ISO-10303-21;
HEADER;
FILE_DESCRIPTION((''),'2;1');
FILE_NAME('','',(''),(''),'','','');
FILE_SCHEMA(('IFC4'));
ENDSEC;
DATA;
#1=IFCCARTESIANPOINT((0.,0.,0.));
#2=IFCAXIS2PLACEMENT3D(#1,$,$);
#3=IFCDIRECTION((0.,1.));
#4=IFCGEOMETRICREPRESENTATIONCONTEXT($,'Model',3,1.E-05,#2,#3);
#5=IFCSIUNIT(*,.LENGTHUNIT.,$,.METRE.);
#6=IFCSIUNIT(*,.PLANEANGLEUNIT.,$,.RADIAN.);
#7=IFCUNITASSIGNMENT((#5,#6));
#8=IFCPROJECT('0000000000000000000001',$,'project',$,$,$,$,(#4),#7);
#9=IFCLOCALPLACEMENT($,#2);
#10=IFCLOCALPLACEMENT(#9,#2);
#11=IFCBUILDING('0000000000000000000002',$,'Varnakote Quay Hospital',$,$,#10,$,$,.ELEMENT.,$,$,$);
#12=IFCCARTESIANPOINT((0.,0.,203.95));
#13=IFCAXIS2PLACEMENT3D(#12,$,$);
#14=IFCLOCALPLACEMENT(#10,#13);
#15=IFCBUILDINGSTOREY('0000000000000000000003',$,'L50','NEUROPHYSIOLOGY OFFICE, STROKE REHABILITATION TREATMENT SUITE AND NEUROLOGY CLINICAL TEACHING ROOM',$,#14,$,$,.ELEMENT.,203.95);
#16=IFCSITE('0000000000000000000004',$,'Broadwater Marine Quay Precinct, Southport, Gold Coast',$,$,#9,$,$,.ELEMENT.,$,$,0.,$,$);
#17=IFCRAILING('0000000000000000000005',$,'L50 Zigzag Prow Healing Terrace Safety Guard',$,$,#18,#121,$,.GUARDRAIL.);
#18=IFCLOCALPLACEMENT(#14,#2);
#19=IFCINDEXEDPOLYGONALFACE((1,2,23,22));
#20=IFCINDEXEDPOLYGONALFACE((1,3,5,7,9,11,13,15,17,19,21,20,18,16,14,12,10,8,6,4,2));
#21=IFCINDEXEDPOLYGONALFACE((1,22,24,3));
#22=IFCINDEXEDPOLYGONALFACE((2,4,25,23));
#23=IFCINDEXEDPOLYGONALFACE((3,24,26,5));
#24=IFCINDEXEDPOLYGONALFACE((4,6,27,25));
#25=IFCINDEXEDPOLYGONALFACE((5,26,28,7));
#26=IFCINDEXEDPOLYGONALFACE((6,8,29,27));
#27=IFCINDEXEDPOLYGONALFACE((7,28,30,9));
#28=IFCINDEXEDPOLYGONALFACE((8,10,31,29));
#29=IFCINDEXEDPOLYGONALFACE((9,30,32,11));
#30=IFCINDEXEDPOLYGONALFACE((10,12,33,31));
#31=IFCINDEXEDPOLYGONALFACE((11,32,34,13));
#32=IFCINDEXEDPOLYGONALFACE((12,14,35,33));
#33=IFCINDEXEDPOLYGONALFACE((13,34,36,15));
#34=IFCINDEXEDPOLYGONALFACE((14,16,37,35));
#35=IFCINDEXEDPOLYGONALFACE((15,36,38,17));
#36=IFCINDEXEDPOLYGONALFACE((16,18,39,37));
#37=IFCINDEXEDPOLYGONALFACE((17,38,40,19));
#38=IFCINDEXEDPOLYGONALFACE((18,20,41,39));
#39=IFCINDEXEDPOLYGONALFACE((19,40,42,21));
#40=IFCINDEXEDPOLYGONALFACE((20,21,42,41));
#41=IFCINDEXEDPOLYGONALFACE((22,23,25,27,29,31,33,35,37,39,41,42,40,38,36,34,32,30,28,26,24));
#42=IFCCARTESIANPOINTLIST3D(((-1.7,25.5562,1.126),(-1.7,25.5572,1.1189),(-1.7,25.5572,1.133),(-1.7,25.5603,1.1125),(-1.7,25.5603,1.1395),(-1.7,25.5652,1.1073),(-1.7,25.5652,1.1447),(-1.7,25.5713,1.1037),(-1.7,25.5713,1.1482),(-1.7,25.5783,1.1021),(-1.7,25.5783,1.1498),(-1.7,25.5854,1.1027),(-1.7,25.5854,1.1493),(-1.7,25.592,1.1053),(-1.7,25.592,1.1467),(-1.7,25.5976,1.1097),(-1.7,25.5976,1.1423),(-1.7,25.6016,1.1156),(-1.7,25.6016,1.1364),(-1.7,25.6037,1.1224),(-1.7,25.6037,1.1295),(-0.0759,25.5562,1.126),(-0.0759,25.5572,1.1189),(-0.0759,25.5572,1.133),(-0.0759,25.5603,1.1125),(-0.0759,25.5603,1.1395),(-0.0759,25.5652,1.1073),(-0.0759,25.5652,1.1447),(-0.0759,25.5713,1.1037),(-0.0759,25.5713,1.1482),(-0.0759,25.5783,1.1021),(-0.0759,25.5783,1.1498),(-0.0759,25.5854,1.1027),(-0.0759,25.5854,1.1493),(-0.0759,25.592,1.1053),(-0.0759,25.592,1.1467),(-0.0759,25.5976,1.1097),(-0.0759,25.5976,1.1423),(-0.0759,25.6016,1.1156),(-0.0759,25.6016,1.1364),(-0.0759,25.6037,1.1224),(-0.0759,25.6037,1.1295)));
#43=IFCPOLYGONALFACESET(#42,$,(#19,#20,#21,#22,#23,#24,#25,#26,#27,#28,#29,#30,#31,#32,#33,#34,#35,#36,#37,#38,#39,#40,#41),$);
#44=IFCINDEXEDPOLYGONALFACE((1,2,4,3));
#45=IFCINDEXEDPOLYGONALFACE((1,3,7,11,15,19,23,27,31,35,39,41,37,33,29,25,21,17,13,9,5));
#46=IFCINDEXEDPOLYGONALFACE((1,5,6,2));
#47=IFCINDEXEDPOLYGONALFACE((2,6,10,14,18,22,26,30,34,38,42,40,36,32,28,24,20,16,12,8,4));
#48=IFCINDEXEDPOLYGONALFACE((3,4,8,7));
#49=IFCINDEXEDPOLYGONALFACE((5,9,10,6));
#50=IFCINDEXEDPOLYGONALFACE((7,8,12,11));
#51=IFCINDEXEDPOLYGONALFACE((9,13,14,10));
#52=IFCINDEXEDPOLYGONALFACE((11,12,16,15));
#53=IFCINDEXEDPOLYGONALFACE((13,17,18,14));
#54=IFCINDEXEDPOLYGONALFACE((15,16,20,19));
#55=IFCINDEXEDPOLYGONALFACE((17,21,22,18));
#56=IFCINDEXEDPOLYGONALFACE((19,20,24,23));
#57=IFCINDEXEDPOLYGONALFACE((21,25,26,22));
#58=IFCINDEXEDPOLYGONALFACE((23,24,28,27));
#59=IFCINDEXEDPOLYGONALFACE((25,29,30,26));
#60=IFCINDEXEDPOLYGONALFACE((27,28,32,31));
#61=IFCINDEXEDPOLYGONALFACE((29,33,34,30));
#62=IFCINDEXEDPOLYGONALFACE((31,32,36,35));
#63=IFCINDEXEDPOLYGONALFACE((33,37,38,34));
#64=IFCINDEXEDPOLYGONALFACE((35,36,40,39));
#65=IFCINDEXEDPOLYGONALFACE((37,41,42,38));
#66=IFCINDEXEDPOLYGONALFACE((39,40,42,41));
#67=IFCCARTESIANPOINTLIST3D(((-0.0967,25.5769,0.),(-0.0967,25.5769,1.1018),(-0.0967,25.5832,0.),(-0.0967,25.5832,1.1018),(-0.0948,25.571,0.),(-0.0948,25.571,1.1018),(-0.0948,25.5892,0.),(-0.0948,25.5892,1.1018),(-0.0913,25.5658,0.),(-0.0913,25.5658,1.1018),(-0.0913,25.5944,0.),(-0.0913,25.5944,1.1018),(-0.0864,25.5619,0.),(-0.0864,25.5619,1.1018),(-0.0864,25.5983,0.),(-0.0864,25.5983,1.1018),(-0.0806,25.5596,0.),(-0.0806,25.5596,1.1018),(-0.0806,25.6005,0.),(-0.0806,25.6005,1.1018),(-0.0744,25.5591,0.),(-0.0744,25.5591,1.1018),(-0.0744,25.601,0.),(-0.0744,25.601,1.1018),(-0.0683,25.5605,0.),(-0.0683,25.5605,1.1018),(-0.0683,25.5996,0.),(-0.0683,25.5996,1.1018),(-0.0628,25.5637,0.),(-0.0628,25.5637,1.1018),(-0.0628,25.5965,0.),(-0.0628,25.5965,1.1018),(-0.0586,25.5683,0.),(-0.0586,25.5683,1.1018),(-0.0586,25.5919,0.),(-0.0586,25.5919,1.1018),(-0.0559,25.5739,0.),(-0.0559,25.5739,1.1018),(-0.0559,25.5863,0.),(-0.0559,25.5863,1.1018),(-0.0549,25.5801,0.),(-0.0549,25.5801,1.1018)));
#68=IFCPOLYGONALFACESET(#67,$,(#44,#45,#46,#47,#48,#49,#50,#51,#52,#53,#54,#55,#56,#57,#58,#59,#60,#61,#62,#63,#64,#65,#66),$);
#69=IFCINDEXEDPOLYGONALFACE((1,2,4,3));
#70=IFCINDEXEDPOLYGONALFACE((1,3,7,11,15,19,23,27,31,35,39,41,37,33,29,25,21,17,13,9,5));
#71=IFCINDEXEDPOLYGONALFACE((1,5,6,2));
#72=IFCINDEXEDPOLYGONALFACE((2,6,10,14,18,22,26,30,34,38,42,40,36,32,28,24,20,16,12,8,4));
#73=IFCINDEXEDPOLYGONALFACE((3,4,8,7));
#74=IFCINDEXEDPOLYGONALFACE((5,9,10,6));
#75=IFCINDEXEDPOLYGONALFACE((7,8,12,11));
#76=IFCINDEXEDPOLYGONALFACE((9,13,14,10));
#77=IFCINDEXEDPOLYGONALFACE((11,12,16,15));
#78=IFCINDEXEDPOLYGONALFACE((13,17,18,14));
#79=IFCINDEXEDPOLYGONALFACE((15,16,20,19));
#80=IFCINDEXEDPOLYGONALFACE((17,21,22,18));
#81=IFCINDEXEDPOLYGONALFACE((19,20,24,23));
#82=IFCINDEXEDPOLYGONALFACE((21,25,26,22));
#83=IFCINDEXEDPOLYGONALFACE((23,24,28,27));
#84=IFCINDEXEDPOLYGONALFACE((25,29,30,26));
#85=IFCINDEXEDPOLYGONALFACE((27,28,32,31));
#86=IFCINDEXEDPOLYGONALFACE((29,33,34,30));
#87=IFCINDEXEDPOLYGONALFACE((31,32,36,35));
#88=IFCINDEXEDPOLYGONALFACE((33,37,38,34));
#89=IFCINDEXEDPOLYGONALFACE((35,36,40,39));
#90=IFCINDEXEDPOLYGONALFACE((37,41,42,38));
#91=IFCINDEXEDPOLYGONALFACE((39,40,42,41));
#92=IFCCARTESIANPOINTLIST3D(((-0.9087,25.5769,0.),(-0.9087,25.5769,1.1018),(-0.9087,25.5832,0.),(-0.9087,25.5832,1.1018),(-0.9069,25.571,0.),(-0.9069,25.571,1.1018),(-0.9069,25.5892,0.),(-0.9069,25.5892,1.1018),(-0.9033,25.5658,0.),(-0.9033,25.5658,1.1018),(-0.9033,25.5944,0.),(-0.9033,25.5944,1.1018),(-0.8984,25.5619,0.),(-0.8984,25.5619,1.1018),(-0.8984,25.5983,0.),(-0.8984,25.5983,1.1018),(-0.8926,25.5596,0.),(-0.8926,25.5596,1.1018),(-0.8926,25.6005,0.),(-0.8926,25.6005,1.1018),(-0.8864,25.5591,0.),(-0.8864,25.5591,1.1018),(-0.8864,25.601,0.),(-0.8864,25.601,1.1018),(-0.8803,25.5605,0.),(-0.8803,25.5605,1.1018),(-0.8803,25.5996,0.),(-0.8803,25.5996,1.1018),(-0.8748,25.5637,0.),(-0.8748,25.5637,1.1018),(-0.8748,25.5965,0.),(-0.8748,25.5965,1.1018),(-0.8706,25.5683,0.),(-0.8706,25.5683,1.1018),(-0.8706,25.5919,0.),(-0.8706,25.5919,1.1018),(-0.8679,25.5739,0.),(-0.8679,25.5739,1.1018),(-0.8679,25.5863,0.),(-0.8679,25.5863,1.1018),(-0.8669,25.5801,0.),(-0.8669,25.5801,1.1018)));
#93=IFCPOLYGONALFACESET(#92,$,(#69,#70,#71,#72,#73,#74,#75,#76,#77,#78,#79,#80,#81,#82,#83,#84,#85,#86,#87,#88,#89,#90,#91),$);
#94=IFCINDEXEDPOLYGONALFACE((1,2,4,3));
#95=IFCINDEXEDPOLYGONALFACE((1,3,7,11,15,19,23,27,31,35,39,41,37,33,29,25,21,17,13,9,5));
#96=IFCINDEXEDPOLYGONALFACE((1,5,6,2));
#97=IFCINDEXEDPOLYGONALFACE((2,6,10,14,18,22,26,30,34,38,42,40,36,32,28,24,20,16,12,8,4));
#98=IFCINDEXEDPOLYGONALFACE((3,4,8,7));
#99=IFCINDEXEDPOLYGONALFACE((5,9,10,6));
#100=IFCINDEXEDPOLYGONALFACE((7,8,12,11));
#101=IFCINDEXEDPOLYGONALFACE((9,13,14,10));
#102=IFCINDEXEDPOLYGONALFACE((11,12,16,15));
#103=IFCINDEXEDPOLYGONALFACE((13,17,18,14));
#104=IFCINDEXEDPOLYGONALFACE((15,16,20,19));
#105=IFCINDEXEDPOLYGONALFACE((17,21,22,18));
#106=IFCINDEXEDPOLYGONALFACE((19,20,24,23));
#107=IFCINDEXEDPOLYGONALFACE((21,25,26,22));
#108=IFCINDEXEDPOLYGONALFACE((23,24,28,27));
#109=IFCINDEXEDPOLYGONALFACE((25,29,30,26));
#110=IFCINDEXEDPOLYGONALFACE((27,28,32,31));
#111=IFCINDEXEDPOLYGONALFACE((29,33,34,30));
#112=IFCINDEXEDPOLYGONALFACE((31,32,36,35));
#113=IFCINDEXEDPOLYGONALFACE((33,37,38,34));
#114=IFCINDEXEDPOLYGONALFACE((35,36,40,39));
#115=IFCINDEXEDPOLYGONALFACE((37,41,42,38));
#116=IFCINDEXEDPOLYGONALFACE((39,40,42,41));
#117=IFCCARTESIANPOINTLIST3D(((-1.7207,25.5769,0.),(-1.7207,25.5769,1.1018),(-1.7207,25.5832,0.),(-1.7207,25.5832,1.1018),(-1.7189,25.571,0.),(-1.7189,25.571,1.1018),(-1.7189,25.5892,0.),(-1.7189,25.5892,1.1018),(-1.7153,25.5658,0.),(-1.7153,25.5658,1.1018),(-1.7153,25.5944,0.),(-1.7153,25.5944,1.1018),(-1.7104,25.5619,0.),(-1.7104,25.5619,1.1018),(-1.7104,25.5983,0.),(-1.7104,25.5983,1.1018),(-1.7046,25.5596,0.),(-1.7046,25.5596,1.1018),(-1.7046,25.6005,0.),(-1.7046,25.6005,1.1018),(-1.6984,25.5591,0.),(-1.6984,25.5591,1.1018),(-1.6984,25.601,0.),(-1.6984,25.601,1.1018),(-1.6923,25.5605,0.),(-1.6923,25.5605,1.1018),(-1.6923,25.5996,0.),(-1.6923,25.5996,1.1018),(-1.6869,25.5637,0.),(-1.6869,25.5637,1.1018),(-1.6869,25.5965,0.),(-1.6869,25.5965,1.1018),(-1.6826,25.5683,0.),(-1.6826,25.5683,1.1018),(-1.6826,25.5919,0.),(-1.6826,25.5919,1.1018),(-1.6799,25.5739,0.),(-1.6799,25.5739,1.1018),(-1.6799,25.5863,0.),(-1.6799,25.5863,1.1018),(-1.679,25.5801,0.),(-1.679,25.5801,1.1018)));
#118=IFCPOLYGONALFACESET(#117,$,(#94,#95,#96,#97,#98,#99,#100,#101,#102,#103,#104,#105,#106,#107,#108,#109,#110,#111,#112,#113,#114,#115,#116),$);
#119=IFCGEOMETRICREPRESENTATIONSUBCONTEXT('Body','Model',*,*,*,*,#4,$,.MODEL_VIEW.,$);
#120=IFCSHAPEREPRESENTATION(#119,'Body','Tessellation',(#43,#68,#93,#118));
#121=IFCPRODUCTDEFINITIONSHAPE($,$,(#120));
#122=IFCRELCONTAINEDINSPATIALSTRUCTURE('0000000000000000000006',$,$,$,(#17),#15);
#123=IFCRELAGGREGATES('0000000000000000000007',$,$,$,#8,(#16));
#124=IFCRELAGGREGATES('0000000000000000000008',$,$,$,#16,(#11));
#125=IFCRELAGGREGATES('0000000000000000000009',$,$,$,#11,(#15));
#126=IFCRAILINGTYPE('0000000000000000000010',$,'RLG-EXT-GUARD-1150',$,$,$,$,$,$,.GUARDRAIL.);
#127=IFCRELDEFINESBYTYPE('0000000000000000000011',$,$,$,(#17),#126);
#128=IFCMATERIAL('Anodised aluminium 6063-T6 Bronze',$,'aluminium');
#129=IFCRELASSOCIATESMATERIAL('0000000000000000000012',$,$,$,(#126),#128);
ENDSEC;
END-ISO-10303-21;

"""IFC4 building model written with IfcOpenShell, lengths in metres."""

from ifc_helpers import new_model, si_unit, direction, frame, origin, origin_2d, place, context, subcontext, project, spatial, circle, extrude, material, type_object, element, save


model = new_model("IFC4")

# Units and contexts
model_context = context("Model", 3, precision=1e-05, world=origin(), true_north=direction((0.0, 1.0)))
body_context = subcontext(model_context, "Body", "Model", "MODEL_VIEW")
ifc_project = project(units=[si_unit("LENGTHUNIT", "METRE"), si_unit("PLANEANGLEUNIT", "RADIAN")], contexts=[model_context])

# Site, building, storey
site_placement = place(None, origin())
site = spatial("IfcSite", under=ifc_project, at=site_placement, Name="Broadwater Marine Quay Precinct, Southport, Gold Coast", CompositionType="ELEMENT", RefElevation=0.0)
building_placement = place(site_placement, origin())
building = spatial("IfcBuilding", under=site, at=building_placement, Name="Varnakote Quay Hospital", CompositionType="ELEMENT")
storey_placement = place(building_placement, frame((0.0, 0.0, 203.95)))
storey = spatial("IfcBuildingStorey", under=building, at=storey_placement, Name="L50", Description="NEUROPHYSIOLOGY OFFICE, STROKE REHABILITATION TREATMENT SUITE AND NEUROLOGY CLINICAL TEACHING ROOM", CompositionType="ELEMENT", Elevation=203.95)

# Railing
ifc_material_1 = material(Name="Anodised aluminium 6063-T6 Bronze", Category="aluminium")
railing_type = type_object("IfcRailingType", Name="RLG-EXT-GUARD-1150", PredefinedType="GUARDRAIL", material=ifc_material_1)
railing_1_placement = place(storey_placement, frame((-0.0759, 25.5801, 0.0)))
element("IfcRailing", 1, at=railing_1_placement, inside=storey, type_object=railing_type, Name="L50 Zigzag Prow Healing Terrace Safety Guard", PredefinedType="GUARDRAIL", context=body_context, shape_type="SweptSolid", body=[
    extrude(circle(Radius=0.0239, at=origin_2d()), frame((0.0, 0.0, 1.126), z_axis=(-1.0, 0.0, 0.0), x_axis=(0.0, -1.0, 0.0)), (0.0, 0.0, 1.0), 1.624),
    extrude(circle(Radius=0.021, at=origin_2d()), origin(), (0.0, 0.0, 1.0), 1.1018),
    extrude(circle(Radius=0.021, at=origin_2d()), frame((-0.812, 0.0, 0.0)), (0.0, 0.0, 1.0), 1.1018),
    extrude(circle(Radius=0.021, at=origin_2d()), frame((-1.624, 0.0, 0.0)), (0.0, 0.0, 1.0), 1.1018),
])

save(model, "model.ifc")
